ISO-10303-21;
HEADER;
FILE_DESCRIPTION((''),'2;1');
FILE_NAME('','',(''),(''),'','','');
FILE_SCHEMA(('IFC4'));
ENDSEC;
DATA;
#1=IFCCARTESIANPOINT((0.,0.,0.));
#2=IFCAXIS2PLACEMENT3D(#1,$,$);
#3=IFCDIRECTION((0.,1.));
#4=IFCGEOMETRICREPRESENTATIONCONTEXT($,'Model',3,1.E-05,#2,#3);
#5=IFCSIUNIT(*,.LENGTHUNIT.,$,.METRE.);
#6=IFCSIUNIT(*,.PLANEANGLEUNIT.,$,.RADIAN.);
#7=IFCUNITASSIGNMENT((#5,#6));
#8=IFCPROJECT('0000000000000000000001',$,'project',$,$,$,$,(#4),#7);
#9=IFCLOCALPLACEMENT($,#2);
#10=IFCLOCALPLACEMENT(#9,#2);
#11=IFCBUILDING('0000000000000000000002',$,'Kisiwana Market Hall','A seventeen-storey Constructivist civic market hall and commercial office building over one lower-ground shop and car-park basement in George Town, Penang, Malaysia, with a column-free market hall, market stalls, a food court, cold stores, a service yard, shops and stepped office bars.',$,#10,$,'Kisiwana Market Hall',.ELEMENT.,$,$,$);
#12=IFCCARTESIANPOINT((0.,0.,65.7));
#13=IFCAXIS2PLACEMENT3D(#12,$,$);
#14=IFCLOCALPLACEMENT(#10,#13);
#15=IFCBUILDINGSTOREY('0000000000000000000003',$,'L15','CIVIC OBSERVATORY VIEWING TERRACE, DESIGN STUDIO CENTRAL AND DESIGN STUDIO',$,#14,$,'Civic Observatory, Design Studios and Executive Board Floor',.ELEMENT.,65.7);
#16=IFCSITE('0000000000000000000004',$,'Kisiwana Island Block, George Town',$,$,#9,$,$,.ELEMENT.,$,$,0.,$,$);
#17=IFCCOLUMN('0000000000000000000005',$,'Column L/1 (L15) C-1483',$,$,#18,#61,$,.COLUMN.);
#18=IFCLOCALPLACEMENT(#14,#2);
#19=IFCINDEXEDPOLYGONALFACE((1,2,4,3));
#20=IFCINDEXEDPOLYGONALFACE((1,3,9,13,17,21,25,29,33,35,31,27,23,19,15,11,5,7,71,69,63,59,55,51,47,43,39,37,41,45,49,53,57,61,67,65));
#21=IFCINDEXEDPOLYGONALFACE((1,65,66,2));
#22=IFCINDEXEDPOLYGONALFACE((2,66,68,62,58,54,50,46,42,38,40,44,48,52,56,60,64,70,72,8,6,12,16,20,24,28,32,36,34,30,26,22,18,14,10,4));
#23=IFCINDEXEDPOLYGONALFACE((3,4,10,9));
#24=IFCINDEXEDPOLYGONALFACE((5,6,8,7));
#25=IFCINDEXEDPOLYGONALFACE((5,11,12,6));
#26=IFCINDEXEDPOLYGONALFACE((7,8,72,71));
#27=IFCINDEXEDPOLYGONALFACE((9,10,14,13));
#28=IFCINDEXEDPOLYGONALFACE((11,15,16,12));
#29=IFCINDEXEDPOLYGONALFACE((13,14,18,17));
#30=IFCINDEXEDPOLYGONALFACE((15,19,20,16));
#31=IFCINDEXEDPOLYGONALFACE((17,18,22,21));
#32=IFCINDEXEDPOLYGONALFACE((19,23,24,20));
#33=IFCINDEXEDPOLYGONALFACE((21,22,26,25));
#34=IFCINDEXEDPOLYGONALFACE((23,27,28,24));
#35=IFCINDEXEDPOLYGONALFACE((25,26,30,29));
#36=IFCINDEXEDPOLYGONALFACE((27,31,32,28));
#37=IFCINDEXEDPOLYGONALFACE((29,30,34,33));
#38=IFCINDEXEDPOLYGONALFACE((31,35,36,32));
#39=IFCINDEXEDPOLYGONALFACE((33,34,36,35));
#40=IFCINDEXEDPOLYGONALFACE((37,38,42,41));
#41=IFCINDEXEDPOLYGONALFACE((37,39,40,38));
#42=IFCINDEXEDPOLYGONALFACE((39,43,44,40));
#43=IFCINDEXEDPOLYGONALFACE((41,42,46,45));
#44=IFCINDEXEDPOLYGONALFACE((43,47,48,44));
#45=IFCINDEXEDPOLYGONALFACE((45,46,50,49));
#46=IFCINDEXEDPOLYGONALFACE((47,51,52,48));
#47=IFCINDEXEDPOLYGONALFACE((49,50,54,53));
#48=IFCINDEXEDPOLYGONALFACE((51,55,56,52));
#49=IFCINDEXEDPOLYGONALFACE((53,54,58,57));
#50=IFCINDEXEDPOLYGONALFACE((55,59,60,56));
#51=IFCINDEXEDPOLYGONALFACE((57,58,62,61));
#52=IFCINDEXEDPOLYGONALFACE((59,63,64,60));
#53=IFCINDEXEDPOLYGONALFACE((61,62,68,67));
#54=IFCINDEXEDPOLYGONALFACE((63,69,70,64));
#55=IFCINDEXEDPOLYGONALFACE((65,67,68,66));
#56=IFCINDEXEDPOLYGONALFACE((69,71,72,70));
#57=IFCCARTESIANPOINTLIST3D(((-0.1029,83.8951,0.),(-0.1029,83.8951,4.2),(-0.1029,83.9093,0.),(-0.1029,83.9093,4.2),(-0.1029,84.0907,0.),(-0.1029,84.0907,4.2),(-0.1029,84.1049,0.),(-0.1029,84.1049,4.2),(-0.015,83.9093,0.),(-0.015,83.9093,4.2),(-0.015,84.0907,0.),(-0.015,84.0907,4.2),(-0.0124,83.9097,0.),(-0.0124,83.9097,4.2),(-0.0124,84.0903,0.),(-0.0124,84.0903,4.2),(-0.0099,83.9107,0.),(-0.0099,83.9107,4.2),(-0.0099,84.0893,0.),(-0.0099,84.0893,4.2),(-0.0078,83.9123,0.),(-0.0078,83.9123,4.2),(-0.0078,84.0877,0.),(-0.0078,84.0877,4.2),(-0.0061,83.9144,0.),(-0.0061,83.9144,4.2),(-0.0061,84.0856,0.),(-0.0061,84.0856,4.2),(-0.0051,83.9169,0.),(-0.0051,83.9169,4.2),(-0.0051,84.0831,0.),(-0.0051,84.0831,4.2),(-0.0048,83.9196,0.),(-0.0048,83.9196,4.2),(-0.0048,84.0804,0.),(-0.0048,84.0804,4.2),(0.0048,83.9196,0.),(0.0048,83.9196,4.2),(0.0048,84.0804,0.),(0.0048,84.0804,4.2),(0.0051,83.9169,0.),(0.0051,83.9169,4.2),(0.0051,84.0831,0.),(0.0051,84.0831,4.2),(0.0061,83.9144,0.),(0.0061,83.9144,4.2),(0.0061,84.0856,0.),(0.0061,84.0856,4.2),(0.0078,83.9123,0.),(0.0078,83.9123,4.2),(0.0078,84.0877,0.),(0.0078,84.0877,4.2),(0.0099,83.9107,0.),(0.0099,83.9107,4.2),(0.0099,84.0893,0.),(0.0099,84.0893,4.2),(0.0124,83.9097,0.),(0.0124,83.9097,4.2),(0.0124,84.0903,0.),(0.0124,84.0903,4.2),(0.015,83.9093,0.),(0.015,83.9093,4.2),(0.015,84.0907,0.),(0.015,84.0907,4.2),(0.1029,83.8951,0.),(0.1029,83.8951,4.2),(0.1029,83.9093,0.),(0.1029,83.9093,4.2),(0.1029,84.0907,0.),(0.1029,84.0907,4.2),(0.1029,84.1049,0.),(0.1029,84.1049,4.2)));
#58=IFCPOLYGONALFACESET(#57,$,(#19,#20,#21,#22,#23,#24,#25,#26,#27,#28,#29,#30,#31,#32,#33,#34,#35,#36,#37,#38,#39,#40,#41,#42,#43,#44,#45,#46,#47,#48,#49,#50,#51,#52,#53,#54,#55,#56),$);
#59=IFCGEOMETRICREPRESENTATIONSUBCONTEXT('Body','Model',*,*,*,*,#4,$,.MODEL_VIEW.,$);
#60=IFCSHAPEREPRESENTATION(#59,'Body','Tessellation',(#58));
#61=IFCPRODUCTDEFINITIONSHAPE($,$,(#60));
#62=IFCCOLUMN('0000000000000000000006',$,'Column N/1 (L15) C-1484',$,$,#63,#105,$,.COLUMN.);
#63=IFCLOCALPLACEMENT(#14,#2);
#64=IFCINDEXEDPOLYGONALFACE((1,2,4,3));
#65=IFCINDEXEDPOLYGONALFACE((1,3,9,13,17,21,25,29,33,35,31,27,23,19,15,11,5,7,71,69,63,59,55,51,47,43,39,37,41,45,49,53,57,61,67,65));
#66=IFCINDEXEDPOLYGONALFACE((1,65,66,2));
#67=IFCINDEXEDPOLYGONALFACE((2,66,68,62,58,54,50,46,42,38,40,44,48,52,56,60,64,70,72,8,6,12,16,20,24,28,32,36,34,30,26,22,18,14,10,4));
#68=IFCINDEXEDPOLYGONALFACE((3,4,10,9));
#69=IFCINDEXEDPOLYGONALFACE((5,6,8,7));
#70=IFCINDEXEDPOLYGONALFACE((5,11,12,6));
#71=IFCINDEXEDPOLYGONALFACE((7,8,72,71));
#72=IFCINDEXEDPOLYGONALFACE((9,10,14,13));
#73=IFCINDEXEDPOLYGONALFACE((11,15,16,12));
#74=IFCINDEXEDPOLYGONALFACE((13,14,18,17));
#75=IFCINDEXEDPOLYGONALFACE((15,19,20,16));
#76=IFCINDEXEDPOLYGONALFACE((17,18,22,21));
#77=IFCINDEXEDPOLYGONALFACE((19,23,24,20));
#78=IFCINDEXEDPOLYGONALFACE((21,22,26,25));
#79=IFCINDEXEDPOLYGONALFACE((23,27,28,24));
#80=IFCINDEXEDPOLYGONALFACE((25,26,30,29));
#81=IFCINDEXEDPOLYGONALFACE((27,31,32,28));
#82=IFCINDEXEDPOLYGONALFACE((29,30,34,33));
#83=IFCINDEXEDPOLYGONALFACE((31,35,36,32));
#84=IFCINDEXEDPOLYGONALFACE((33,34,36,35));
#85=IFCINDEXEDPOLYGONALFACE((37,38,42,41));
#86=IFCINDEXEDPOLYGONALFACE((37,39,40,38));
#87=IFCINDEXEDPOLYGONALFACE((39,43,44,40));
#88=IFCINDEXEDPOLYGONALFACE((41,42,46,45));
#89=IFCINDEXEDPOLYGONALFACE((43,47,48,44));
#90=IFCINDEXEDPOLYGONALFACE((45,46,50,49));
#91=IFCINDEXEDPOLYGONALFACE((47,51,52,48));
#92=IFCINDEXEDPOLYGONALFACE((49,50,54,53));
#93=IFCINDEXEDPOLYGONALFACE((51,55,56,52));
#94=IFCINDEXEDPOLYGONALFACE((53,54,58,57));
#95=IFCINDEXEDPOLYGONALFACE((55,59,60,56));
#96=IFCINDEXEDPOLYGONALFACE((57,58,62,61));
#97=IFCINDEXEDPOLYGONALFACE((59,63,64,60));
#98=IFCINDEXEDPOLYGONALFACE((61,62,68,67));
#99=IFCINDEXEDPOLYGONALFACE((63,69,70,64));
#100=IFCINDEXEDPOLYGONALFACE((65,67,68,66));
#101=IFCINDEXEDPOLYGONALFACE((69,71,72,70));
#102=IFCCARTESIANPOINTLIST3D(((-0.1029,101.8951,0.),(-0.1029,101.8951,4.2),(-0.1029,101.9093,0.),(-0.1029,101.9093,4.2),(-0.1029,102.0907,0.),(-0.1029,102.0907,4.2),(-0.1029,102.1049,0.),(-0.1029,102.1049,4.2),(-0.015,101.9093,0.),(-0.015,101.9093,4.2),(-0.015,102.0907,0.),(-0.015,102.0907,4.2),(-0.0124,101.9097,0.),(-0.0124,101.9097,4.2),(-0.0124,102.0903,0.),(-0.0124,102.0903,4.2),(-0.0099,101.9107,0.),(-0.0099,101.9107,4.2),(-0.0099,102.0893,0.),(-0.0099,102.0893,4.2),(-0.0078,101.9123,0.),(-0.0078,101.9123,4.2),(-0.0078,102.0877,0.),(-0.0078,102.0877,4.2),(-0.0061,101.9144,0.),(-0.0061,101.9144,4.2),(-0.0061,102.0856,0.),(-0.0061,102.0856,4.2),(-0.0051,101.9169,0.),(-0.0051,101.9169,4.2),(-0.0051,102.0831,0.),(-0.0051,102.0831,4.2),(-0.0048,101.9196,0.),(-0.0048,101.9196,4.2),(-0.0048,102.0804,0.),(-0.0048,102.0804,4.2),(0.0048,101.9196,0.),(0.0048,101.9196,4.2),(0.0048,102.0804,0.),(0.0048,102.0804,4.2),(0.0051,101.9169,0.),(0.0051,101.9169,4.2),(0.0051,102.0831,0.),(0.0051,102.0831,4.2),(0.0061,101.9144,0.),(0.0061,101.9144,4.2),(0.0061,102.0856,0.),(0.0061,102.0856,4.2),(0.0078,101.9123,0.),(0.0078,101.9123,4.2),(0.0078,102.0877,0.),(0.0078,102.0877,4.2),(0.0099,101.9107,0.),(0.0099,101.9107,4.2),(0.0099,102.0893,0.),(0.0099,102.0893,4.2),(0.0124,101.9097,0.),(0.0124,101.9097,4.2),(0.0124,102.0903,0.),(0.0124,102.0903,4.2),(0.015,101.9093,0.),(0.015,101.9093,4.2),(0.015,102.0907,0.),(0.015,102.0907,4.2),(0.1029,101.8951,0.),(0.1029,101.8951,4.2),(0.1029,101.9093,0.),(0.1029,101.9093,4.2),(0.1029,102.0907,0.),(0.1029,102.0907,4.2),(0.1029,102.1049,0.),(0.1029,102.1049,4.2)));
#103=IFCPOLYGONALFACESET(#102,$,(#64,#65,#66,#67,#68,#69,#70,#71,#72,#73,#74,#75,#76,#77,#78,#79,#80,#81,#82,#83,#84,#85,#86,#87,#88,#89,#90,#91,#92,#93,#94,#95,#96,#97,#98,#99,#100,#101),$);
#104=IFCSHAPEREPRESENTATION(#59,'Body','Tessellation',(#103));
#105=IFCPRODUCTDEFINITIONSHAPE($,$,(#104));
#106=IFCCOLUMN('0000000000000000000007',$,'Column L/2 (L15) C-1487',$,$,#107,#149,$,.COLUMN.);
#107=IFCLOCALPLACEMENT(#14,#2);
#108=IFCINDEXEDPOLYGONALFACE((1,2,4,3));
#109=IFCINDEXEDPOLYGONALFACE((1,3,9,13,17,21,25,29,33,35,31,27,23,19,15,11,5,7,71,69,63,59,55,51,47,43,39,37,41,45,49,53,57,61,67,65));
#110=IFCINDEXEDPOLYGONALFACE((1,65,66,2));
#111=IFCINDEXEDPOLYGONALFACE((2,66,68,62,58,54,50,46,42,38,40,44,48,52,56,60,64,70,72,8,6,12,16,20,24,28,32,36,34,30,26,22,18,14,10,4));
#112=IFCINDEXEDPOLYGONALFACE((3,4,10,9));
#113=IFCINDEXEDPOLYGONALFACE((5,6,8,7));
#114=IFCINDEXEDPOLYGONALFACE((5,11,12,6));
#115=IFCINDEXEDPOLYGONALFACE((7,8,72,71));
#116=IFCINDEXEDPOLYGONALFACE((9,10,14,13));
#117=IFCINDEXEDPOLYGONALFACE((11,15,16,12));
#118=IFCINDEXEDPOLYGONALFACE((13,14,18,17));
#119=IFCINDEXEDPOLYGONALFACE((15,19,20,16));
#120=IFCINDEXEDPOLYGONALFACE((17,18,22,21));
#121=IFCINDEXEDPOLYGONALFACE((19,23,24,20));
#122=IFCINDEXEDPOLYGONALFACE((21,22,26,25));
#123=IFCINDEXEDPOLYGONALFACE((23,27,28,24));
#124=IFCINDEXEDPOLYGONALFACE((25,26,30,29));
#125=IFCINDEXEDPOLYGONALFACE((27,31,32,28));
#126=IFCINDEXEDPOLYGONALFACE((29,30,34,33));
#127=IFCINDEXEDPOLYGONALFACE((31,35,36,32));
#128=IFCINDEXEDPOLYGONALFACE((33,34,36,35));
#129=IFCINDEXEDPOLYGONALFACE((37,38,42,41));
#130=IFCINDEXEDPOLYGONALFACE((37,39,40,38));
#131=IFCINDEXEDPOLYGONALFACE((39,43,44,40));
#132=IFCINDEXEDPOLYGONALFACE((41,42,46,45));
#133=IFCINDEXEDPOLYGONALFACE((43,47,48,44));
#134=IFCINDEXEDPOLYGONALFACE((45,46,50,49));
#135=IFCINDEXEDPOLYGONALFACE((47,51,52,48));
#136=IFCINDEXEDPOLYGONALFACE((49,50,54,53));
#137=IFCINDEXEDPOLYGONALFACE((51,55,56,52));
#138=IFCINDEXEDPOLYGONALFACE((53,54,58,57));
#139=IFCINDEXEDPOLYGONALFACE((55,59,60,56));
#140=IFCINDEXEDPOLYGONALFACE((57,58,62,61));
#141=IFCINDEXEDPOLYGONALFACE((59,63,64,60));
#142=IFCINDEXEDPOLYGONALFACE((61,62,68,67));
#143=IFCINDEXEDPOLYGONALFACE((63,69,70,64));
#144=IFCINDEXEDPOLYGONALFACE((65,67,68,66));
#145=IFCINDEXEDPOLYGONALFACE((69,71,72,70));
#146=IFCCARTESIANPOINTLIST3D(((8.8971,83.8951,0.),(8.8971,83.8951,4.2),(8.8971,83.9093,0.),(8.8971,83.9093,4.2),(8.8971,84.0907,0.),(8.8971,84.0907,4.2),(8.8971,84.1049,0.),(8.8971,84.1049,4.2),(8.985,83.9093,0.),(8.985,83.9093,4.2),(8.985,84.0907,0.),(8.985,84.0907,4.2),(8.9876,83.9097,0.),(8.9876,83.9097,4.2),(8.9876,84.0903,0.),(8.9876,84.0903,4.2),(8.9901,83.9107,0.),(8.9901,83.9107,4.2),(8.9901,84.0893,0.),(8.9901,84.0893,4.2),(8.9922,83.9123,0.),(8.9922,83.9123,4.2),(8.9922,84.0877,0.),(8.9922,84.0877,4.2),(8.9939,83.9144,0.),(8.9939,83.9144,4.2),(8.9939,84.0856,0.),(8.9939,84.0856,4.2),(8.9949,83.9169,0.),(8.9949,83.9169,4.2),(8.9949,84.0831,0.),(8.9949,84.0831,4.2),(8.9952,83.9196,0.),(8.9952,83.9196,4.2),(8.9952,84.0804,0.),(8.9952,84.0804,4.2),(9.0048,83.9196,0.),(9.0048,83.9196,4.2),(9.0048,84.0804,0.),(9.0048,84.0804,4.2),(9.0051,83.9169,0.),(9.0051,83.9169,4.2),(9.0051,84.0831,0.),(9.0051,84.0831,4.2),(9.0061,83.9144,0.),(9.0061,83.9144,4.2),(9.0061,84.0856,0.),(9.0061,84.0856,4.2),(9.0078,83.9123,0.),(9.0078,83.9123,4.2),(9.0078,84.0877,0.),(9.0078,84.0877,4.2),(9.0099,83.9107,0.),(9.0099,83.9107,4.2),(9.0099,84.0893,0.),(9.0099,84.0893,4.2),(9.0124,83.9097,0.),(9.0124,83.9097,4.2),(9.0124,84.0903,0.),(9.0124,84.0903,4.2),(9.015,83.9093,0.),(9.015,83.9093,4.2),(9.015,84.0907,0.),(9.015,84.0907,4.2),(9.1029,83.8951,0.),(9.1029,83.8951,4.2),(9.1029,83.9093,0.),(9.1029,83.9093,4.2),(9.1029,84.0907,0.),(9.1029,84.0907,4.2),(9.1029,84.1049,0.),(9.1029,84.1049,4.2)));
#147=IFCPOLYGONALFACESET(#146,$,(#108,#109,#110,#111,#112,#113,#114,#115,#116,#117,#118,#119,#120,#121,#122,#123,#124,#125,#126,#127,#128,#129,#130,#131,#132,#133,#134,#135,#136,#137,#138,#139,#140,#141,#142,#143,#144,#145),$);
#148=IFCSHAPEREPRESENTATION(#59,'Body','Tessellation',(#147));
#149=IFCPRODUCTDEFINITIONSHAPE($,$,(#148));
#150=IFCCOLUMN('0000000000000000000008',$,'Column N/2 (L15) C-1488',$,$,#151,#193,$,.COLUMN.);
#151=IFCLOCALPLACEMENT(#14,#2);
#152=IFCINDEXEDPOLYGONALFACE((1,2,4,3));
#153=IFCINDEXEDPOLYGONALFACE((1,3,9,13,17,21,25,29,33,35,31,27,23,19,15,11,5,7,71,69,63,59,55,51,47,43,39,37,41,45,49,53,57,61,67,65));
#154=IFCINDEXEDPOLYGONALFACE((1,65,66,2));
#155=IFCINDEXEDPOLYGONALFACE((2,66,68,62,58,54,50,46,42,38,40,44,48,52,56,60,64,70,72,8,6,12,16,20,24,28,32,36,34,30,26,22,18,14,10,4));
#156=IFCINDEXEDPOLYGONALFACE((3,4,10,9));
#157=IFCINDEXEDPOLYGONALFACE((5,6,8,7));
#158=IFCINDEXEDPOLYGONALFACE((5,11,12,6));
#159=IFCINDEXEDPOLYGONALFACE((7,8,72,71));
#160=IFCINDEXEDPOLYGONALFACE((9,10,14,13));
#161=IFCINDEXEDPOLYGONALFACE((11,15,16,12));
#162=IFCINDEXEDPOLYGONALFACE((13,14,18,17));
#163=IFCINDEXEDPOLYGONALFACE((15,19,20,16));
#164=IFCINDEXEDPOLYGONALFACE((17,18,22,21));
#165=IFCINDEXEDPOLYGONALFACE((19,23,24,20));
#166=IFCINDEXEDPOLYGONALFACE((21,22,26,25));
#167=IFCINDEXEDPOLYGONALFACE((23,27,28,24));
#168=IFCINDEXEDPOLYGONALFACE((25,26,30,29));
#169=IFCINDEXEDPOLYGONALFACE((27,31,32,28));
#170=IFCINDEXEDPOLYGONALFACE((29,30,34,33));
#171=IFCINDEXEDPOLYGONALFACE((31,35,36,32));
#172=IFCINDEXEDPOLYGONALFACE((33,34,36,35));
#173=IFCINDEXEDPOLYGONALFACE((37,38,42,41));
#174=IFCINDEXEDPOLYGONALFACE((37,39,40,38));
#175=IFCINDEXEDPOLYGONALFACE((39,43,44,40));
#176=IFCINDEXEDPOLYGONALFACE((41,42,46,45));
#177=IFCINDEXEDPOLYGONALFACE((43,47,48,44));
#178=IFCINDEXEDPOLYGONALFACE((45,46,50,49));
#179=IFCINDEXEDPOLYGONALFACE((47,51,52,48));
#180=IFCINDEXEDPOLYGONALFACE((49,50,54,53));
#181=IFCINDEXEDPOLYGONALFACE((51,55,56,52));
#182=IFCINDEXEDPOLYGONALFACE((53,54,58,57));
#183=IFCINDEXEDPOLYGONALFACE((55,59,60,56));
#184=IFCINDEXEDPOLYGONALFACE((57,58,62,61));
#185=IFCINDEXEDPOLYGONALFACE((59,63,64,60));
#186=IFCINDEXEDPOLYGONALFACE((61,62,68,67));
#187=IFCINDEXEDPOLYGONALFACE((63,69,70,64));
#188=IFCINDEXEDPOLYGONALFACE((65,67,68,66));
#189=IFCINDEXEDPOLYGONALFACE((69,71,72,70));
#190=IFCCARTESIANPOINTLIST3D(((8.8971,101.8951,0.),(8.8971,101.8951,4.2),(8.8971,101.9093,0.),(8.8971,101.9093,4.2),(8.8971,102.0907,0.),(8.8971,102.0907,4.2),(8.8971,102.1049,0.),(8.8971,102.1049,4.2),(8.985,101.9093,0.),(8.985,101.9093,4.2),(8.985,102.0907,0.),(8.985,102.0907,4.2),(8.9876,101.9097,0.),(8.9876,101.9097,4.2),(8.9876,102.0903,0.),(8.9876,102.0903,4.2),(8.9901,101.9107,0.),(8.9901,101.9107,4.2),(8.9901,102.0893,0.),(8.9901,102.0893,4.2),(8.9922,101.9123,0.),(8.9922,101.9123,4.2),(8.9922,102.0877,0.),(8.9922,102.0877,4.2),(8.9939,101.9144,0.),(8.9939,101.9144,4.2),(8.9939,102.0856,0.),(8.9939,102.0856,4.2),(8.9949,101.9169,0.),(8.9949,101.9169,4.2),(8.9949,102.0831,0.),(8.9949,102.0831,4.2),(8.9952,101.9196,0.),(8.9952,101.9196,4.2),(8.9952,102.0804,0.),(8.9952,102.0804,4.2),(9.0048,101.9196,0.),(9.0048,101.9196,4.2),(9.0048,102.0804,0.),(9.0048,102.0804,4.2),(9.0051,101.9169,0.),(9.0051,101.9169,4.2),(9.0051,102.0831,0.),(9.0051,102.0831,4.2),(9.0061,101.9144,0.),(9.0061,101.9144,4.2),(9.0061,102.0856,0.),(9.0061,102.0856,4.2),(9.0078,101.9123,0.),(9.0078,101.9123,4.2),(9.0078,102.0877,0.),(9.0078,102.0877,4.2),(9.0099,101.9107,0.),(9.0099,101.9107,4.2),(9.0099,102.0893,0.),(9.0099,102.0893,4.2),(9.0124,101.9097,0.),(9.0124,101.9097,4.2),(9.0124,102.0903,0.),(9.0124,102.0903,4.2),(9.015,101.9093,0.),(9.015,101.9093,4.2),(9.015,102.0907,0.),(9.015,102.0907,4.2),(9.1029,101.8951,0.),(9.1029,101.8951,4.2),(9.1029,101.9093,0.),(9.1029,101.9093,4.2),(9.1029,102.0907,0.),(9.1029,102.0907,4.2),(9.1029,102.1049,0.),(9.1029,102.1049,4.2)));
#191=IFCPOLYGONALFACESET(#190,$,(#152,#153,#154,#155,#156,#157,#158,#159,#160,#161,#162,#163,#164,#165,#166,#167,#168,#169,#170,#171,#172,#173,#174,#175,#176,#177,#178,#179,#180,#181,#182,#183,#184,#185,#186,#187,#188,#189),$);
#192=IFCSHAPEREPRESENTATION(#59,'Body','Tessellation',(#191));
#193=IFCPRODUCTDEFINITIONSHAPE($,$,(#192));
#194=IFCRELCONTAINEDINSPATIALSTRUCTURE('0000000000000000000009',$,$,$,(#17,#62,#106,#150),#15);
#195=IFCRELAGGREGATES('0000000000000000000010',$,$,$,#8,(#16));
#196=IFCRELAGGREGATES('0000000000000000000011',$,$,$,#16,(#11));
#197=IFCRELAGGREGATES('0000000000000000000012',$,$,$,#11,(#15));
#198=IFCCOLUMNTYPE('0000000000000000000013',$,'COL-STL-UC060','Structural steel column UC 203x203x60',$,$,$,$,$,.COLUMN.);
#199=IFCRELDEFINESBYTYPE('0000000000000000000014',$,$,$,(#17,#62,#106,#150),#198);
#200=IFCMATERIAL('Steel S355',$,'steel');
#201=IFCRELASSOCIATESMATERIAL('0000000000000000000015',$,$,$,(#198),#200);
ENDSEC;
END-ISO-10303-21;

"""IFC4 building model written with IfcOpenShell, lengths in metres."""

from ifc_helpers import new_model, si_unit, direction, frame, origin, origin_2d, place, context, subcontext, project, spatial, i_section, extrude, material, material_profile, profile_set, type_object, element, save


model = new_model("IFC4")

# Units and contexts
model_context = context("Model", 3, precision=1e-05, world=origin(), true_north=direction((0.0, 1.0)))
body_context = subcontext(model_context, "Body", "Model", "MODEL_VIEW")
ifc_project = project(units=[si_unit("LENGTHUNIT", "METRE"), si_unit("PLANEANGLEUNIT", "RADIAN")], contexts=[model_context])

# Site, building, storey
site_placement = place(None, origin())
site = spatial("IfcSite", under=ifc_project, at=site_placement, Name="Kisiwana Island Block, George Town", CompositionType="ELEMENT", RefElevation=0.0)
building_placement = place(site_placement, origin())
building = spatial("IfcBuilding", under=site, at=building_placement, Name="Kisiwana Market Hall", Description="A seventeen-storey Constructivist civic market hall and commercial office building over one lower-ground shop and car-park basement in George Town, Penang, Malaysia, with a column-free market hall, market stalls, a food court, cold stores, a service yard, shops and stepped office bars.", LongName="Kisiwana Market Hall", CompositionType="ELEMENT")
storey_placement = place(building_placement, frame((0.0, 0.0, 65.7)))
storey = spatial("IfcBuildingStorey", under=building, at=storey_placement, Name="L15", Description="CIVIC OBSERVATORY VIEWING TERRACE, DESIGN STUDIO CENTRAL AND DESIGN STUDIO", LongName="Civic Observatory, Design Studios and Executive Board Floor", CompositionType="ELEMENT", Elevation=65.7)

# Columns
ifc_material_1 = material(Name="Steel S355", Category="steel")
ifc_material_profile_1 = material_profile(ifc_material_1, i_section(OverallWidth=0.2058, OverallDepth=0.2097, WebThickness=0.0095, FlangeThickness=0.0142, FilletRadius=0.0103, at=origin_2d()), Name="UC 203x203x60")
ifc_profile_set_1 = profile_set([ifc_material_profile_1], Name="Steel S355")
column_type = type_object("IfcColumnType", Name="COL-STL-UC060", Description="Structural steel column UC 203x203x60", PredefinedType="COLUMN", material=ifc_profile_set_1)
for number, where, z_axis, x_axis, name in (
    (1, (0.0, 84.0, 0.0), (0.0, 0.0, 1.0), (1.0, 0.0, 0.0), "Column L/1 (L15) C-1483"),
    (2, (0.0, 102.0, 0.0), (0.0, 0.0, 1.0), (1.0, 0.0, 0.0), "Column N/1 (L15) C-1484"),
    (3, (9.0, 84.0, 0.0), (0.0, 0.0, 1.0), (1.0, 0.0, 0.0), "Column L/2 (L15) C-1487"),
    (4, (9.0, 102.0, 0.0), (0.0, 0.0, 1.0), (1.0, 0.0, 0.0), "Column N/2 (L15) C-1488"),
):
    element("IfcColumn", number, at=place(storey_placement, frame(where, z_axis=z_axis, x_axis=x_axis)), inside=storey, type_object=column_type, Name=name, PredefinedType="COLUMN", context=body_context, shape_type="SweptSolid", body=[
        extrude(i_section(OverallWidth=0.2058, OverallDepth=0.2097, WebThickness=0.0095, FlangeThickness=0.0142, FilletRadius=0.0103, at=origin_2d()), origin(), (0.0, 0.0, 1.0), 4.2),
    ])

save(model, "model.ifc")
